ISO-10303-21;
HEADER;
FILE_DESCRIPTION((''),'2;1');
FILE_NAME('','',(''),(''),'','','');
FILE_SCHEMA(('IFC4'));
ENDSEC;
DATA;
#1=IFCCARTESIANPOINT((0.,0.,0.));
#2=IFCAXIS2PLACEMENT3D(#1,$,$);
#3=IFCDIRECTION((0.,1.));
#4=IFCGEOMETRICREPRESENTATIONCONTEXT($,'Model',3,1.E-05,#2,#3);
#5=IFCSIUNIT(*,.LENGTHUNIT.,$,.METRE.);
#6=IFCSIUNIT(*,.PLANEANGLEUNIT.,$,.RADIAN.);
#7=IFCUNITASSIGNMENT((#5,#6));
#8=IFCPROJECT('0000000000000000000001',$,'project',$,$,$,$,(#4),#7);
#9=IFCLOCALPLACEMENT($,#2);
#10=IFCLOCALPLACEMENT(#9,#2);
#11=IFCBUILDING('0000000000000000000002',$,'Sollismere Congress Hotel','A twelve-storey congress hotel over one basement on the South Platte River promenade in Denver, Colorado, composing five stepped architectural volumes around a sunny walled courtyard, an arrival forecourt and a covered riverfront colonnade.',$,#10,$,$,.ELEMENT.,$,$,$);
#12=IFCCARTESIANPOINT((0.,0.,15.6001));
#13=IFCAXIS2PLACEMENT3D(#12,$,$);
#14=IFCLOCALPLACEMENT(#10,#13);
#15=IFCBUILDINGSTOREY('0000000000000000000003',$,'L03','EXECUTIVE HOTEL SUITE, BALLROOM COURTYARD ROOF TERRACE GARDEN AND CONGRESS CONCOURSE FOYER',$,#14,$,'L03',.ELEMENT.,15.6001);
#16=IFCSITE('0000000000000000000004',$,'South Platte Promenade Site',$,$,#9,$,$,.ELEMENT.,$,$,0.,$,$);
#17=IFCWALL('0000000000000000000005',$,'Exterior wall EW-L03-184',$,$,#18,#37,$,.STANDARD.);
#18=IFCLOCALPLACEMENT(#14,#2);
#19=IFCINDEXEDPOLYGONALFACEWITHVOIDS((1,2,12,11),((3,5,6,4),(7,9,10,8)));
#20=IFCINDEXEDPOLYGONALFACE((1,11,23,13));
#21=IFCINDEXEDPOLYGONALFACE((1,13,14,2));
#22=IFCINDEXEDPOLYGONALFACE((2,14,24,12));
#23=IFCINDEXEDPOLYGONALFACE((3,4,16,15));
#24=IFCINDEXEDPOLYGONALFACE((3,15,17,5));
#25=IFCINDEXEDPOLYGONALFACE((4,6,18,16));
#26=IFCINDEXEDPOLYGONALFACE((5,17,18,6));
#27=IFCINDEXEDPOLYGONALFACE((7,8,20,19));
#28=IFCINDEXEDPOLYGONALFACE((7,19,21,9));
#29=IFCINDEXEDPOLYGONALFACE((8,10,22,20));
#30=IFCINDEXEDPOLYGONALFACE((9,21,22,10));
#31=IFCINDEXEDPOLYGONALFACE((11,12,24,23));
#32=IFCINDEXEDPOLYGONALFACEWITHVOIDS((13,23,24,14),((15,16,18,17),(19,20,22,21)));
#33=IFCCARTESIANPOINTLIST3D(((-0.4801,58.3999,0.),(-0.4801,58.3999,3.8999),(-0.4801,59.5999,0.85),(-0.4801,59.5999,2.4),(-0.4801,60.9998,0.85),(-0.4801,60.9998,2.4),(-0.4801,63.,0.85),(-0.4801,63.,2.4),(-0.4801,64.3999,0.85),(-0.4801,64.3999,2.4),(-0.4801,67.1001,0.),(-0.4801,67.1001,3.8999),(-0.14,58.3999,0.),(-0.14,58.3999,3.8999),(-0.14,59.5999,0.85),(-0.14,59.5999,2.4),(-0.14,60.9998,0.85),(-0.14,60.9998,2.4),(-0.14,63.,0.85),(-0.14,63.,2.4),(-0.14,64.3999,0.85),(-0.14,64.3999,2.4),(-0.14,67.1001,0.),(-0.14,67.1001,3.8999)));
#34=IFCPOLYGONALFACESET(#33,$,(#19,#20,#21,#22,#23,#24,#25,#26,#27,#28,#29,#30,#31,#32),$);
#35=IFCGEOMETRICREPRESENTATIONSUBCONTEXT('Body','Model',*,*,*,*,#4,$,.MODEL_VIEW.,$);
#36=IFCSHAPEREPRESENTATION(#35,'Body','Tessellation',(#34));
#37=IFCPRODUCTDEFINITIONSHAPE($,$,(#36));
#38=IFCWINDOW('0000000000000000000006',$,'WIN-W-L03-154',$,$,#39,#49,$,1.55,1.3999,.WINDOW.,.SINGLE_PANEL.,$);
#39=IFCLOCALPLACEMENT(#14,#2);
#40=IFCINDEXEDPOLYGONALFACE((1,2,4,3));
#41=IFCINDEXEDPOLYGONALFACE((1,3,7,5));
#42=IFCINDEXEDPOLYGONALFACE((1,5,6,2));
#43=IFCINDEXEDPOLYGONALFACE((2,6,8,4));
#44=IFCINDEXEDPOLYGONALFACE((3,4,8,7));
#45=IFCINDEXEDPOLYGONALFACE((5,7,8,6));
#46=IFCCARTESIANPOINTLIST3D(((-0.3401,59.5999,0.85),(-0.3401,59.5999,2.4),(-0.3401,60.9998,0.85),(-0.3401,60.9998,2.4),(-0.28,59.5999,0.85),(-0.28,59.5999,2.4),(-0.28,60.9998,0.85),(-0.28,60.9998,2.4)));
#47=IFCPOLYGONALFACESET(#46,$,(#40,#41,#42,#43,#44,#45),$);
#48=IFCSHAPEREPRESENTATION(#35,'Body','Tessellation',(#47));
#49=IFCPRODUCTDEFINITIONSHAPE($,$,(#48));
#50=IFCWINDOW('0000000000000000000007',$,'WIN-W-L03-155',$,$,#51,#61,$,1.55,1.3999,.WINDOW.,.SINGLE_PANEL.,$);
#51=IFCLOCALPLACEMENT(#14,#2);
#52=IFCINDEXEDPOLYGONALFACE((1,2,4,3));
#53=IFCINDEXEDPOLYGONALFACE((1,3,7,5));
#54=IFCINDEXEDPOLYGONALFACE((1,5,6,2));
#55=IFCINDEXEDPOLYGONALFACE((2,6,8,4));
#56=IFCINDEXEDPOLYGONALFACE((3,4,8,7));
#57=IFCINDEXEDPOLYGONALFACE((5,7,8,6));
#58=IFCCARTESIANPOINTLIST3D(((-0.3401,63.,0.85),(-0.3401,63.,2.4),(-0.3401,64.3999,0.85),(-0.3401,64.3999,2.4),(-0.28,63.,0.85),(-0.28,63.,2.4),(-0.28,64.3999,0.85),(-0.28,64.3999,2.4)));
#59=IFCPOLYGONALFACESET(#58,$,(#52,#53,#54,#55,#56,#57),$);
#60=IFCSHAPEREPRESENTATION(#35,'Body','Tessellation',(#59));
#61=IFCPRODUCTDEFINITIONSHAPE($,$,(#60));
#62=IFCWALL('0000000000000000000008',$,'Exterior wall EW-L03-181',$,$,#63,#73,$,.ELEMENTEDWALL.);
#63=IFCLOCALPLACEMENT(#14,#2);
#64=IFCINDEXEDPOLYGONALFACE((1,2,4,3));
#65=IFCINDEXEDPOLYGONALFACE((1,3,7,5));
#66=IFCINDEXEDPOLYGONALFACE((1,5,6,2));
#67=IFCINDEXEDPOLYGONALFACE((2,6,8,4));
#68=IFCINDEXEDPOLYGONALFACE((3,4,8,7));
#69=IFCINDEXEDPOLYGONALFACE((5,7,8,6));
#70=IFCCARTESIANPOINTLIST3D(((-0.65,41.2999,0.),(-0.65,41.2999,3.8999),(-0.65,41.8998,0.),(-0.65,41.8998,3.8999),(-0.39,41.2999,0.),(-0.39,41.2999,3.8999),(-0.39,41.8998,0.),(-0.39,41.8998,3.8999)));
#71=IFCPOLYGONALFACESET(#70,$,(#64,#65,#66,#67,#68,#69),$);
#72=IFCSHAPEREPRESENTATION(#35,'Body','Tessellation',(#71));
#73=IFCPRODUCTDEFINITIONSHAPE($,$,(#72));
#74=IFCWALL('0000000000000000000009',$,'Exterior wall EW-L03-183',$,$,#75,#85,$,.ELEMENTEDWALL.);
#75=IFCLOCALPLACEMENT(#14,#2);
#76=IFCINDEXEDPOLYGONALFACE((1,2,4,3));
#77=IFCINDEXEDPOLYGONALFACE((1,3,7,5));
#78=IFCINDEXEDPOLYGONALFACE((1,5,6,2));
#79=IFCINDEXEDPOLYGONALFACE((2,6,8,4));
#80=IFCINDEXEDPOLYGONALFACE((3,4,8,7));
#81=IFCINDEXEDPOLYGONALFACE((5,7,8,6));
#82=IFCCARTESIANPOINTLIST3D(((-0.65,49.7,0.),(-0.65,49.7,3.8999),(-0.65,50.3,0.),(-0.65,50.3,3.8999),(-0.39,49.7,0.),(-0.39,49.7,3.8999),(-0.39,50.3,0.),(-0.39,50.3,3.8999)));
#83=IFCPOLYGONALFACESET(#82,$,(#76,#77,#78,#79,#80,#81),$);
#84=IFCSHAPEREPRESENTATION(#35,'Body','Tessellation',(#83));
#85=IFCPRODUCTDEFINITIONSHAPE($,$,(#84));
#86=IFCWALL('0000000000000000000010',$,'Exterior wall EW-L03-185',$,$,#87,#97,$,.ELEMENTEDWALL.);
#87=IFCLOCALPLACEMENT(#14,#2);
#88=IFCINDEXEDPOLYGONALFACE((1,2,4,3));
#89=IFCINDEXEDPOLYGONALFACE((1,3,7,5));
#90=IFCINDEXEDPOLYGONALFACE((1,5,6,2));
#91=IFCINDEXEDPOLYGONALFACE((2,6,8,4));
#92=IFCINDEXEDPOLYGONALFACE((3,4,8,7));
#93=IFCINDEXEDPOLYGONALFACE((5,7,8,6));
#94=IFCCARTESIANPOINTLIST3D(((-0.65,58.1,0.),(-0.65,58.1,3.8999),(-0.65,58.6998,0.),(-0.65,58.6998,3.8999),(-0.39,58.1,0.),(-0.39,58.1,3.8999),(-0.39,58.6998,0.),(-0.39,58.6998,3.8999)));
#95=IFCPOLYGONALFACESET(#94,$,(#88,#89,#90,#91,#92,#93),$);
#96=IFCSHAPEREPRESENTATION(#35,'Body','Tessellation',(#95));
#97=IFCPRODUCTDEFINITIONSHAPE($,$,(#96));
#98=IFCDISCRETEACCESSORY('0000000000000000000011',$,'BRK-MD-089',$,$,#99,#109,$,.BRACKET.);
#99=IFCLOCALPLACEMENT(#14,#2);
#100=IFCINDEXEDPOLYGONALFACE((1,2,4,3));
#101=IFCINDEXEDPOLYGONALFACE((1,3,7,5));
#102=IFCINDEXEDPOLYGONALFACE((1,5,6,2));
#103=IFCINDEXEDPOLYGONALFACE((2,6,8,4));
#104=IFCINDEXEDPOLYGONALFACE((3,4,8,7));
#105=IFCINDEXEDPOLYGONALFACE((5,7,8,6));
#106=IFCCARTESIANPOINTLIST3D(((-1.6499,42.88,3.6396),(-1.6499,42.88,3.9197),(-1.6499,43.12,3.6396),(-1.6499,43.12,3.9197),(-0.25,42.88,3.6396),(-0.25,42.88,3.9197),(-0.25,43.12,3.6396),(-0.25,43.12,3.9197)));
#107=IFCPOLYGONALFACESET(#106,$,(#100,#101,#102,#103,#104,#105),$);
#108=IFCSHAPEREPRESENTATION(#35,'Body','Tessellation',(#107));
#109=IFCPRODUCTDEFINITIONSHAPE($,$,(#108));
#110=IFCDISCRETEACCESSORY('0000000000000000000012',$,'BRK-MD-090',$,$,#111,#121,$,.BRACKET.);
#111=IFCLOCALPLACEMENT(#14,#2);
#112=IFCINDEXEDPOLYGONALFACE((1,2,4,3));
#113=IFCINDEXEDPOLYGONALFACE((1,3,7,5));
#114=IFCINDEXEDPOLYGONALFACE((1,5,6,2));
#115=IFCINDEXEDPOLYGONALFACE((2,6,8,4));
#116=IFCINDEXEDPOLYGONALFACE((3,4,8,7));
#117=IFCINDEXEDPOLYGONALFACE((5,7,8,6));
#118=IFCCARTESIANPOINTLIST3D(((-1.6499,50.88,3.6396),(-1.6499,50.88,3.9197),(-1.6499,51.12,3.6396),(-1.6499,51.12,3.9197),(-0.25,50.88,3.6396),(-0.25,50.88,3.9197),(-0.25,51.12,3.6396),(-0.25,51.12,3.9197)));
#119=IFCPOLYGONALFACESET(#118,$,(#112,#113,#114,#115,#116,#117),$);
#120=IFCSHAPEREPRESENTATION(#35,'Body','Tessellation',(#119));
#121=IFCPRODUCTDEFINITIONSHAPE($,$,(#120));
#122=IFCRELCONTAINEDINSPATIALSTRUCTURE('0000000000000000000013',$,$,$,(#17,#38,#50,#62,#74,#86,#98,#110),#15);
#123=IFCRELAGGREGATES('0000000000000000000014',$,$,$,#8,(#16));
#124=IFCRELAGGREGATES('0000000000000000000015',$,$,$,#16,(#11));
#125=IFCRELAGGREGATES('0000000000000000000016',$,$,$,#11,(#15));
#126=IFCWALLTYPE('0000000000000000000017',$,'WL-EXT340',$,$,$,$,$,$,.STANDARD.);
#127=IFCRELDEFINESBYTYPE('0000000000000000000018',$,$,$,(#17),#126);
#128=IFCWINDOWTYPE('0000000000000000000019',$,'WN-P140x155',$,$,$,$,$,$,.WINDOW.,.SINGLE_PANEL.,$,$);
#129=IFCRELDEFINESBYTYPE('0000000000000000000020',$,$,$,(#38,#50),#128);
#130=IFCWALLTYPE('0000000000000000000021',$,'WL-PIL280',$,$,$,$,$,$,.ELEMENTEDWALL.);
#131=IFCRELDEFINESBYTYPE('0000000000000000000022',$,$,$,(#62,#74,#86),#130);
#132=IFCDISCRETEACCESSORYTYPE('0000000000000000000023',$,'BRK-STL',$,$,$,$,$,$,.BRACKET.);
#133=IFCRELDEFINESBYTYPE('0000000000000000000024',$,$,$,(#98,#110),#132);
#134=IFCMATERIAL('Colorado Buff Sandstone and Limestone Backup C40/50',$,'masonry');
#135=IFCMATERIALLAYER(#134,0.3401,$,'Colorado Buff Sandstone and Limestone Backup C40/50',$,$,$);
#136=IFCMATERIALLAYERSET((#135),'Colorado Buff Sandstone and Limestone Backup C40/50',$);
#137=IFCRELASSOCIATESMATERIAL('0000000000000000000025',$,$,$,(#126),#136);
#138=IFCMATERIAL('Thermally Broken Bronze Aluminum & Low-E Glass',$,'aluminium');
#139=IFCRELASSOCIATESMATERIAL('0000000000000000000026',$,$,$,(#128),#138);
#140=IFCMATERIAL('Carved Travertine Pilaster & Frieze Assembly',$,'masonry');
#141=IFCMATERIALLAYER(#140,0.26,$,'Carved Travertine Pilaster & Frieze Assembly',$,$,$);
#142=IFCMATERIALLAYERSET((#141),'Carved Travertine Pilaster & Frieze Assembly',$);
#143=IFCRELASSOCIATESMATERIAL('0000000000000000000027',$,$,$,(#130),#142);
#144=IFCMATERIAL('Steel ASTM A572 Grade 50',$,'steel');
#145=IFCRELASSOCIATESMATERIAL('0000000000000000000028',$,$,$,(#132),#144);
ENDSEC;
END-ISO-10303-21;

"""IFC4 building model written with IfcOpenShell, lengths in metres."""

from ifc_helpers import new_model, si_unit, direction, frame, frame_2d, origin, origin_2d, place, context, subcontext, project, spatial, rectangle, extrude, material, layer, layer_set, type_object, element, fill, save


model = new_model("IFC4")

# Units and contexts
model_context = context("Model", 3, precision=1e-05, world=origin(), true_north=direction((0.0, 1.0)))
body_context = subcontext(model_context, "Body", "Model", "MODEL_VIEW")
ifc_project = project(units=[si_unit("LENGTHUNIT", "METRE"), si_unit("PLANEANGLEUNIT", "RADIAN")], contexts=[model_context])

# Site, building, storey
site_placement = place(None, origin())
site = spatial("IfcSite", under=ifc_project, at=site_placement, Name="South Platte Promenade Site", CompositionType="ELEMENT", RefElevation=0.0)
building_placement = place(site_placement, origin())
building = spatial("IfcBuilding", under=site, at=building_placement, Name="Sollismere Congress Hotel", Description="A twelve-storey congress hotel over one basement on the South Platte River promenade in Denver, Colorado, composing five stepped architectural volumes around a sunny walled courtyard, an arrival forecourt and a covered riverfront colonnade.", CompositionType="ELEMENT")
storey_placement = place(building_placement, frame((0.0, 0.0, 15.6001)))
storey = spatial("IfcBuildingStorey", under=building, at=storey_placement, Name="L03", Description="EXECUTIVE HOTEL SUITE, BALLROOM COURTYARD ROOF TERRACE GARDEN AND CONGRESS CONCOURSE FOYER", LongName="L03", CompositionType="ELEMENT", Elevation=15.6001)

# Wall, openings, windows
ifc_material_1 = material(Name="Colorado Buff Sandstone and Limestone Backup C40/50", Category="masonry")
ifc_layer_1 = layer(ifc_material_1, 0.3401, Name="Colorado Buff Sandstone and Limestone Backup C40/50")
ifc_layer_set_1 = layer_set([ifc_layer_1], Name="Colorado Buff Sandstone and Limestone Backup C40/50")
wall_type_1 = type_object("IfcWallType", Name="WL-EXT340", PredefinedType="STANDARD", material=ifc_layer_set_1)
ifc_material_2 = material(Name="Thermally Broken Bronze Aluminum & Low-E Glass", Category="aluminium")
wall_1_placement = place(storey_placement, frame((-0.3101, 58.3999, 0.0), z_axis=(0.0, 0.0, 1.0), x_axis=(0.0, 1.0, 0.0)))
wall_1 = element("IfcWall", 1, at=wall_1_placement, inside=storey, type_object=wall_type_1, Name="Exterior wall EW-L03-184", PredefinedType="STANDARD", context=body_context, shape_type="SweptSolid", body=[
    extrude(rectangle(XDim=8.7002, YDim=0.3401, at=frame_2d((4.3501, 0.0))), origin(), (0.0, 0.0, 1.0), 3.8999),
])
opening_1_placement = place(wall_1_placement, frame((1.2, 0.0, 0.8501)))
opening_1 = element("IfcOpeningElement", 2, at=opening_1_placement, cuts=wall_1, PredefinedType="OPENING", context=body_context, shape_type="SweptSolid", body=[
    extrude(rectangle(XDim=1.3999, YDim=1.55, at=frame_2d((0.7, 0.7749))), frame((0.0, 0.1799, 0.0), z_axis=(0.0, -1.0, 0.0), x_axis=(1.0, 0.0, 0.0)), (0.0, 0.0, 1.0), 0.3601),
])
opening_2_placement = place(wall_1_placement, frame((4.6001, 0.0, 0.8501)))
opening_2 = element("IfcOpeningElement", 3, at=opening_2_placement, cuts=wall_1, PredefinedType="OPENING", context=body_context, shape_type="SweptSolid", body=[
    extrude(rectangle(XDim=1.3999, YDim=1.55, at=frame_2d((0.7, 0.7749))), frame((0.0, 0.1799, 0.0), z_axis=(0.0, -1.0, 0.0), x_axis=(1.0, 0.0, 0.0)), (0.0, 0.0, 1.0), 0.3601),
])
window_type_1 = type_object("IfcWindowType", Name="WN-P140x155", PartitioningType="SINGLE_PANEL", PredefinedType="WINDOW", material=ifc_material_2)
window_1_placement = place(opening_1_placement, origin())
window_1 = element("IfcWindow", 4, at=window_1_placement, inside=storey, type_object=window_type_1, Name="WIN-W-L03-154", OverallHeight=1.55, OverallWidth=1.3999, PartitioningType="SINGLE_PANEL", PredefinedType="WINDOW", context=body_context, shape_type="SweptSolid", body=[
    extrude(rectangle(XDim=1.3999, YDim=1.55, at=frame_2d((0.7, 0.7749))), frame((0.0, 0.03, 0.0), z_axis=(0.0, -1.0, 0.0), x_axis=(1.0, 0.0, 0.0)), (0.0, 0.0, 1.0), 0.0601),
])
fill(opening_1, window_1)
window_2_placement = place(opening_2_placement, origin())
window_2 = element("IfcWindow", 5, at=window_2_placement, inside=storey, type_object=window_type_1, Name="WIN-W-L03-155", OverallHeight=1.55, OverallWidth=1.3999, PartitioningType="SINGLE_PANEL", PredefinedType="WINDOW", context=body_context, shape_type="SweptSolid", body=[
    extrude(rectangle(XDim=1.3999, YDim=1.55, at=frame_2d((0.7, 0.7749))), frame((0.0, 0.03, 0.0), z_axis=(0.0, -1.0, 0.0), x_axis=(1.0, 0.0, 0.0)), (0.0, 0.0, 1.0), 0.0601),
])
fill(opening_2, window_2)

# Walls
ifc_material_3 = material(Name="Carved Travertine Pilaster & Frieze Assembly", Category="masonry")
ifc_layer_2 = layer(ifc_material_3, 0.26, Name="Carved Travertine Pilaster & Frieze Assembly")
ifc_layer_set_2 = layer_set([ifc_layer_2], Name="Carved Travertine Pilaster & Frieze Assembly")
wall_type_2 = type_object("IfcWallType", Name="WL-PIL280", PredefinedType="ELEMENTEDWALL", material=ifc_layer_set_2)
wall_2_placement = place(storey_placement, frame((-0.52, 41.3, 0.0), z_axis=(0.0, 0.0, 1.0), x_axis=(0.0, 1.0, 0.0)))
element("IfcWall", 6, at=wall_2_placement, inside=storey, type_object=wall_type_2, Name="Exterior wall EW-L03-181", PredefinedType="ELEMENTEDWALL", context=body_context, shape_type="SweptSolid", body=[
    extrude(rectangle(XDim=0.5999, YDim=0.26, at=frame_2d((0.2998, 0.0))), origin(), (0.0, 0.0, 1.0), 3.8999),
])
wall_3_placement = place(storey_placement, frame((-0.52, 49.7, 0.0), z_axis=(0.0, 0.0, 1.0), x_axis=(0.0, 1.0, 0.0)))
element("IfcWall", 7, at=wall_3_placement, inside=storey, type_object=wall_type_2, Name="Exterior wall EW-L03-183", PredefinedType="ELEMENTEDWALL", context=body_context, shape_type="SweptSolid", body=[
    extrude(rectangle(XDim=0.6001, YDim=0.26, at=frame_2d((0.3, 0.0))), origin(), (0.0, 0.0, 1.0), 3.8999),
])
wall_4_placement = place(storey_placement, frame((-0.52, 58.1001, 0.0), z_axis=(0.0, 0.0, 1.0), x_axis=(0.0, 1.0, 0.0)))
element("IfcWall", 8, at=wall_4_placement, inside=storey, type_object=wall_type_2, Name="Exterior wall EW-L03-185", PredefinedType="ELEMENTEDWALL", context=body_context, shape_type="SweptSolid", body=[
    extrude(rectangle(XDim=0.5999, YDim=0.26, at=frame_2d((0.2998, 0.0))), origin(), (0.0, 0.0, 1.0), 3.8999),
])

# Discrete accessories
ifc_material_4 = material(Name="Steel ASTM A572 Grade 50", Category="steel")
discrete_accessory_type = type_object("IfcDiscreteAccessoryType", Name="BRK-STL", PredefinedType="BRACKET", material=ifc_material_4)
for number, where, z_axis, x_axis, name in (
    (9, (-0.95, 43.0, 3.6396), (0.0, 0.0, 1.0), (1.0, 0.0, 0.0), "BRK-MD-089"),
    (10, (-0.95, 51.0, 3.6396), (0.0, 0.0, 1.0), (1.0, 0.0, 0.0), "BRK-MD-090"),
):
    element("IfcDiscreteAccessory", number, at=place(storey_placement, frame(where, z_axis=z_axis, x_axis=x_axis)), inside=storey, type_object=discrete_accessory_type, Name=name, PredefinedType="BRACKET", context=body_context, shape_type="SweptSolid", body=[
        extrude(rectangle(XDim=1.3999, YDim=0.24, at=origin_2d()), origin(), (0.0, 0.0, 1.0), 0.28),
    ])

save(model, "model.ifc")
